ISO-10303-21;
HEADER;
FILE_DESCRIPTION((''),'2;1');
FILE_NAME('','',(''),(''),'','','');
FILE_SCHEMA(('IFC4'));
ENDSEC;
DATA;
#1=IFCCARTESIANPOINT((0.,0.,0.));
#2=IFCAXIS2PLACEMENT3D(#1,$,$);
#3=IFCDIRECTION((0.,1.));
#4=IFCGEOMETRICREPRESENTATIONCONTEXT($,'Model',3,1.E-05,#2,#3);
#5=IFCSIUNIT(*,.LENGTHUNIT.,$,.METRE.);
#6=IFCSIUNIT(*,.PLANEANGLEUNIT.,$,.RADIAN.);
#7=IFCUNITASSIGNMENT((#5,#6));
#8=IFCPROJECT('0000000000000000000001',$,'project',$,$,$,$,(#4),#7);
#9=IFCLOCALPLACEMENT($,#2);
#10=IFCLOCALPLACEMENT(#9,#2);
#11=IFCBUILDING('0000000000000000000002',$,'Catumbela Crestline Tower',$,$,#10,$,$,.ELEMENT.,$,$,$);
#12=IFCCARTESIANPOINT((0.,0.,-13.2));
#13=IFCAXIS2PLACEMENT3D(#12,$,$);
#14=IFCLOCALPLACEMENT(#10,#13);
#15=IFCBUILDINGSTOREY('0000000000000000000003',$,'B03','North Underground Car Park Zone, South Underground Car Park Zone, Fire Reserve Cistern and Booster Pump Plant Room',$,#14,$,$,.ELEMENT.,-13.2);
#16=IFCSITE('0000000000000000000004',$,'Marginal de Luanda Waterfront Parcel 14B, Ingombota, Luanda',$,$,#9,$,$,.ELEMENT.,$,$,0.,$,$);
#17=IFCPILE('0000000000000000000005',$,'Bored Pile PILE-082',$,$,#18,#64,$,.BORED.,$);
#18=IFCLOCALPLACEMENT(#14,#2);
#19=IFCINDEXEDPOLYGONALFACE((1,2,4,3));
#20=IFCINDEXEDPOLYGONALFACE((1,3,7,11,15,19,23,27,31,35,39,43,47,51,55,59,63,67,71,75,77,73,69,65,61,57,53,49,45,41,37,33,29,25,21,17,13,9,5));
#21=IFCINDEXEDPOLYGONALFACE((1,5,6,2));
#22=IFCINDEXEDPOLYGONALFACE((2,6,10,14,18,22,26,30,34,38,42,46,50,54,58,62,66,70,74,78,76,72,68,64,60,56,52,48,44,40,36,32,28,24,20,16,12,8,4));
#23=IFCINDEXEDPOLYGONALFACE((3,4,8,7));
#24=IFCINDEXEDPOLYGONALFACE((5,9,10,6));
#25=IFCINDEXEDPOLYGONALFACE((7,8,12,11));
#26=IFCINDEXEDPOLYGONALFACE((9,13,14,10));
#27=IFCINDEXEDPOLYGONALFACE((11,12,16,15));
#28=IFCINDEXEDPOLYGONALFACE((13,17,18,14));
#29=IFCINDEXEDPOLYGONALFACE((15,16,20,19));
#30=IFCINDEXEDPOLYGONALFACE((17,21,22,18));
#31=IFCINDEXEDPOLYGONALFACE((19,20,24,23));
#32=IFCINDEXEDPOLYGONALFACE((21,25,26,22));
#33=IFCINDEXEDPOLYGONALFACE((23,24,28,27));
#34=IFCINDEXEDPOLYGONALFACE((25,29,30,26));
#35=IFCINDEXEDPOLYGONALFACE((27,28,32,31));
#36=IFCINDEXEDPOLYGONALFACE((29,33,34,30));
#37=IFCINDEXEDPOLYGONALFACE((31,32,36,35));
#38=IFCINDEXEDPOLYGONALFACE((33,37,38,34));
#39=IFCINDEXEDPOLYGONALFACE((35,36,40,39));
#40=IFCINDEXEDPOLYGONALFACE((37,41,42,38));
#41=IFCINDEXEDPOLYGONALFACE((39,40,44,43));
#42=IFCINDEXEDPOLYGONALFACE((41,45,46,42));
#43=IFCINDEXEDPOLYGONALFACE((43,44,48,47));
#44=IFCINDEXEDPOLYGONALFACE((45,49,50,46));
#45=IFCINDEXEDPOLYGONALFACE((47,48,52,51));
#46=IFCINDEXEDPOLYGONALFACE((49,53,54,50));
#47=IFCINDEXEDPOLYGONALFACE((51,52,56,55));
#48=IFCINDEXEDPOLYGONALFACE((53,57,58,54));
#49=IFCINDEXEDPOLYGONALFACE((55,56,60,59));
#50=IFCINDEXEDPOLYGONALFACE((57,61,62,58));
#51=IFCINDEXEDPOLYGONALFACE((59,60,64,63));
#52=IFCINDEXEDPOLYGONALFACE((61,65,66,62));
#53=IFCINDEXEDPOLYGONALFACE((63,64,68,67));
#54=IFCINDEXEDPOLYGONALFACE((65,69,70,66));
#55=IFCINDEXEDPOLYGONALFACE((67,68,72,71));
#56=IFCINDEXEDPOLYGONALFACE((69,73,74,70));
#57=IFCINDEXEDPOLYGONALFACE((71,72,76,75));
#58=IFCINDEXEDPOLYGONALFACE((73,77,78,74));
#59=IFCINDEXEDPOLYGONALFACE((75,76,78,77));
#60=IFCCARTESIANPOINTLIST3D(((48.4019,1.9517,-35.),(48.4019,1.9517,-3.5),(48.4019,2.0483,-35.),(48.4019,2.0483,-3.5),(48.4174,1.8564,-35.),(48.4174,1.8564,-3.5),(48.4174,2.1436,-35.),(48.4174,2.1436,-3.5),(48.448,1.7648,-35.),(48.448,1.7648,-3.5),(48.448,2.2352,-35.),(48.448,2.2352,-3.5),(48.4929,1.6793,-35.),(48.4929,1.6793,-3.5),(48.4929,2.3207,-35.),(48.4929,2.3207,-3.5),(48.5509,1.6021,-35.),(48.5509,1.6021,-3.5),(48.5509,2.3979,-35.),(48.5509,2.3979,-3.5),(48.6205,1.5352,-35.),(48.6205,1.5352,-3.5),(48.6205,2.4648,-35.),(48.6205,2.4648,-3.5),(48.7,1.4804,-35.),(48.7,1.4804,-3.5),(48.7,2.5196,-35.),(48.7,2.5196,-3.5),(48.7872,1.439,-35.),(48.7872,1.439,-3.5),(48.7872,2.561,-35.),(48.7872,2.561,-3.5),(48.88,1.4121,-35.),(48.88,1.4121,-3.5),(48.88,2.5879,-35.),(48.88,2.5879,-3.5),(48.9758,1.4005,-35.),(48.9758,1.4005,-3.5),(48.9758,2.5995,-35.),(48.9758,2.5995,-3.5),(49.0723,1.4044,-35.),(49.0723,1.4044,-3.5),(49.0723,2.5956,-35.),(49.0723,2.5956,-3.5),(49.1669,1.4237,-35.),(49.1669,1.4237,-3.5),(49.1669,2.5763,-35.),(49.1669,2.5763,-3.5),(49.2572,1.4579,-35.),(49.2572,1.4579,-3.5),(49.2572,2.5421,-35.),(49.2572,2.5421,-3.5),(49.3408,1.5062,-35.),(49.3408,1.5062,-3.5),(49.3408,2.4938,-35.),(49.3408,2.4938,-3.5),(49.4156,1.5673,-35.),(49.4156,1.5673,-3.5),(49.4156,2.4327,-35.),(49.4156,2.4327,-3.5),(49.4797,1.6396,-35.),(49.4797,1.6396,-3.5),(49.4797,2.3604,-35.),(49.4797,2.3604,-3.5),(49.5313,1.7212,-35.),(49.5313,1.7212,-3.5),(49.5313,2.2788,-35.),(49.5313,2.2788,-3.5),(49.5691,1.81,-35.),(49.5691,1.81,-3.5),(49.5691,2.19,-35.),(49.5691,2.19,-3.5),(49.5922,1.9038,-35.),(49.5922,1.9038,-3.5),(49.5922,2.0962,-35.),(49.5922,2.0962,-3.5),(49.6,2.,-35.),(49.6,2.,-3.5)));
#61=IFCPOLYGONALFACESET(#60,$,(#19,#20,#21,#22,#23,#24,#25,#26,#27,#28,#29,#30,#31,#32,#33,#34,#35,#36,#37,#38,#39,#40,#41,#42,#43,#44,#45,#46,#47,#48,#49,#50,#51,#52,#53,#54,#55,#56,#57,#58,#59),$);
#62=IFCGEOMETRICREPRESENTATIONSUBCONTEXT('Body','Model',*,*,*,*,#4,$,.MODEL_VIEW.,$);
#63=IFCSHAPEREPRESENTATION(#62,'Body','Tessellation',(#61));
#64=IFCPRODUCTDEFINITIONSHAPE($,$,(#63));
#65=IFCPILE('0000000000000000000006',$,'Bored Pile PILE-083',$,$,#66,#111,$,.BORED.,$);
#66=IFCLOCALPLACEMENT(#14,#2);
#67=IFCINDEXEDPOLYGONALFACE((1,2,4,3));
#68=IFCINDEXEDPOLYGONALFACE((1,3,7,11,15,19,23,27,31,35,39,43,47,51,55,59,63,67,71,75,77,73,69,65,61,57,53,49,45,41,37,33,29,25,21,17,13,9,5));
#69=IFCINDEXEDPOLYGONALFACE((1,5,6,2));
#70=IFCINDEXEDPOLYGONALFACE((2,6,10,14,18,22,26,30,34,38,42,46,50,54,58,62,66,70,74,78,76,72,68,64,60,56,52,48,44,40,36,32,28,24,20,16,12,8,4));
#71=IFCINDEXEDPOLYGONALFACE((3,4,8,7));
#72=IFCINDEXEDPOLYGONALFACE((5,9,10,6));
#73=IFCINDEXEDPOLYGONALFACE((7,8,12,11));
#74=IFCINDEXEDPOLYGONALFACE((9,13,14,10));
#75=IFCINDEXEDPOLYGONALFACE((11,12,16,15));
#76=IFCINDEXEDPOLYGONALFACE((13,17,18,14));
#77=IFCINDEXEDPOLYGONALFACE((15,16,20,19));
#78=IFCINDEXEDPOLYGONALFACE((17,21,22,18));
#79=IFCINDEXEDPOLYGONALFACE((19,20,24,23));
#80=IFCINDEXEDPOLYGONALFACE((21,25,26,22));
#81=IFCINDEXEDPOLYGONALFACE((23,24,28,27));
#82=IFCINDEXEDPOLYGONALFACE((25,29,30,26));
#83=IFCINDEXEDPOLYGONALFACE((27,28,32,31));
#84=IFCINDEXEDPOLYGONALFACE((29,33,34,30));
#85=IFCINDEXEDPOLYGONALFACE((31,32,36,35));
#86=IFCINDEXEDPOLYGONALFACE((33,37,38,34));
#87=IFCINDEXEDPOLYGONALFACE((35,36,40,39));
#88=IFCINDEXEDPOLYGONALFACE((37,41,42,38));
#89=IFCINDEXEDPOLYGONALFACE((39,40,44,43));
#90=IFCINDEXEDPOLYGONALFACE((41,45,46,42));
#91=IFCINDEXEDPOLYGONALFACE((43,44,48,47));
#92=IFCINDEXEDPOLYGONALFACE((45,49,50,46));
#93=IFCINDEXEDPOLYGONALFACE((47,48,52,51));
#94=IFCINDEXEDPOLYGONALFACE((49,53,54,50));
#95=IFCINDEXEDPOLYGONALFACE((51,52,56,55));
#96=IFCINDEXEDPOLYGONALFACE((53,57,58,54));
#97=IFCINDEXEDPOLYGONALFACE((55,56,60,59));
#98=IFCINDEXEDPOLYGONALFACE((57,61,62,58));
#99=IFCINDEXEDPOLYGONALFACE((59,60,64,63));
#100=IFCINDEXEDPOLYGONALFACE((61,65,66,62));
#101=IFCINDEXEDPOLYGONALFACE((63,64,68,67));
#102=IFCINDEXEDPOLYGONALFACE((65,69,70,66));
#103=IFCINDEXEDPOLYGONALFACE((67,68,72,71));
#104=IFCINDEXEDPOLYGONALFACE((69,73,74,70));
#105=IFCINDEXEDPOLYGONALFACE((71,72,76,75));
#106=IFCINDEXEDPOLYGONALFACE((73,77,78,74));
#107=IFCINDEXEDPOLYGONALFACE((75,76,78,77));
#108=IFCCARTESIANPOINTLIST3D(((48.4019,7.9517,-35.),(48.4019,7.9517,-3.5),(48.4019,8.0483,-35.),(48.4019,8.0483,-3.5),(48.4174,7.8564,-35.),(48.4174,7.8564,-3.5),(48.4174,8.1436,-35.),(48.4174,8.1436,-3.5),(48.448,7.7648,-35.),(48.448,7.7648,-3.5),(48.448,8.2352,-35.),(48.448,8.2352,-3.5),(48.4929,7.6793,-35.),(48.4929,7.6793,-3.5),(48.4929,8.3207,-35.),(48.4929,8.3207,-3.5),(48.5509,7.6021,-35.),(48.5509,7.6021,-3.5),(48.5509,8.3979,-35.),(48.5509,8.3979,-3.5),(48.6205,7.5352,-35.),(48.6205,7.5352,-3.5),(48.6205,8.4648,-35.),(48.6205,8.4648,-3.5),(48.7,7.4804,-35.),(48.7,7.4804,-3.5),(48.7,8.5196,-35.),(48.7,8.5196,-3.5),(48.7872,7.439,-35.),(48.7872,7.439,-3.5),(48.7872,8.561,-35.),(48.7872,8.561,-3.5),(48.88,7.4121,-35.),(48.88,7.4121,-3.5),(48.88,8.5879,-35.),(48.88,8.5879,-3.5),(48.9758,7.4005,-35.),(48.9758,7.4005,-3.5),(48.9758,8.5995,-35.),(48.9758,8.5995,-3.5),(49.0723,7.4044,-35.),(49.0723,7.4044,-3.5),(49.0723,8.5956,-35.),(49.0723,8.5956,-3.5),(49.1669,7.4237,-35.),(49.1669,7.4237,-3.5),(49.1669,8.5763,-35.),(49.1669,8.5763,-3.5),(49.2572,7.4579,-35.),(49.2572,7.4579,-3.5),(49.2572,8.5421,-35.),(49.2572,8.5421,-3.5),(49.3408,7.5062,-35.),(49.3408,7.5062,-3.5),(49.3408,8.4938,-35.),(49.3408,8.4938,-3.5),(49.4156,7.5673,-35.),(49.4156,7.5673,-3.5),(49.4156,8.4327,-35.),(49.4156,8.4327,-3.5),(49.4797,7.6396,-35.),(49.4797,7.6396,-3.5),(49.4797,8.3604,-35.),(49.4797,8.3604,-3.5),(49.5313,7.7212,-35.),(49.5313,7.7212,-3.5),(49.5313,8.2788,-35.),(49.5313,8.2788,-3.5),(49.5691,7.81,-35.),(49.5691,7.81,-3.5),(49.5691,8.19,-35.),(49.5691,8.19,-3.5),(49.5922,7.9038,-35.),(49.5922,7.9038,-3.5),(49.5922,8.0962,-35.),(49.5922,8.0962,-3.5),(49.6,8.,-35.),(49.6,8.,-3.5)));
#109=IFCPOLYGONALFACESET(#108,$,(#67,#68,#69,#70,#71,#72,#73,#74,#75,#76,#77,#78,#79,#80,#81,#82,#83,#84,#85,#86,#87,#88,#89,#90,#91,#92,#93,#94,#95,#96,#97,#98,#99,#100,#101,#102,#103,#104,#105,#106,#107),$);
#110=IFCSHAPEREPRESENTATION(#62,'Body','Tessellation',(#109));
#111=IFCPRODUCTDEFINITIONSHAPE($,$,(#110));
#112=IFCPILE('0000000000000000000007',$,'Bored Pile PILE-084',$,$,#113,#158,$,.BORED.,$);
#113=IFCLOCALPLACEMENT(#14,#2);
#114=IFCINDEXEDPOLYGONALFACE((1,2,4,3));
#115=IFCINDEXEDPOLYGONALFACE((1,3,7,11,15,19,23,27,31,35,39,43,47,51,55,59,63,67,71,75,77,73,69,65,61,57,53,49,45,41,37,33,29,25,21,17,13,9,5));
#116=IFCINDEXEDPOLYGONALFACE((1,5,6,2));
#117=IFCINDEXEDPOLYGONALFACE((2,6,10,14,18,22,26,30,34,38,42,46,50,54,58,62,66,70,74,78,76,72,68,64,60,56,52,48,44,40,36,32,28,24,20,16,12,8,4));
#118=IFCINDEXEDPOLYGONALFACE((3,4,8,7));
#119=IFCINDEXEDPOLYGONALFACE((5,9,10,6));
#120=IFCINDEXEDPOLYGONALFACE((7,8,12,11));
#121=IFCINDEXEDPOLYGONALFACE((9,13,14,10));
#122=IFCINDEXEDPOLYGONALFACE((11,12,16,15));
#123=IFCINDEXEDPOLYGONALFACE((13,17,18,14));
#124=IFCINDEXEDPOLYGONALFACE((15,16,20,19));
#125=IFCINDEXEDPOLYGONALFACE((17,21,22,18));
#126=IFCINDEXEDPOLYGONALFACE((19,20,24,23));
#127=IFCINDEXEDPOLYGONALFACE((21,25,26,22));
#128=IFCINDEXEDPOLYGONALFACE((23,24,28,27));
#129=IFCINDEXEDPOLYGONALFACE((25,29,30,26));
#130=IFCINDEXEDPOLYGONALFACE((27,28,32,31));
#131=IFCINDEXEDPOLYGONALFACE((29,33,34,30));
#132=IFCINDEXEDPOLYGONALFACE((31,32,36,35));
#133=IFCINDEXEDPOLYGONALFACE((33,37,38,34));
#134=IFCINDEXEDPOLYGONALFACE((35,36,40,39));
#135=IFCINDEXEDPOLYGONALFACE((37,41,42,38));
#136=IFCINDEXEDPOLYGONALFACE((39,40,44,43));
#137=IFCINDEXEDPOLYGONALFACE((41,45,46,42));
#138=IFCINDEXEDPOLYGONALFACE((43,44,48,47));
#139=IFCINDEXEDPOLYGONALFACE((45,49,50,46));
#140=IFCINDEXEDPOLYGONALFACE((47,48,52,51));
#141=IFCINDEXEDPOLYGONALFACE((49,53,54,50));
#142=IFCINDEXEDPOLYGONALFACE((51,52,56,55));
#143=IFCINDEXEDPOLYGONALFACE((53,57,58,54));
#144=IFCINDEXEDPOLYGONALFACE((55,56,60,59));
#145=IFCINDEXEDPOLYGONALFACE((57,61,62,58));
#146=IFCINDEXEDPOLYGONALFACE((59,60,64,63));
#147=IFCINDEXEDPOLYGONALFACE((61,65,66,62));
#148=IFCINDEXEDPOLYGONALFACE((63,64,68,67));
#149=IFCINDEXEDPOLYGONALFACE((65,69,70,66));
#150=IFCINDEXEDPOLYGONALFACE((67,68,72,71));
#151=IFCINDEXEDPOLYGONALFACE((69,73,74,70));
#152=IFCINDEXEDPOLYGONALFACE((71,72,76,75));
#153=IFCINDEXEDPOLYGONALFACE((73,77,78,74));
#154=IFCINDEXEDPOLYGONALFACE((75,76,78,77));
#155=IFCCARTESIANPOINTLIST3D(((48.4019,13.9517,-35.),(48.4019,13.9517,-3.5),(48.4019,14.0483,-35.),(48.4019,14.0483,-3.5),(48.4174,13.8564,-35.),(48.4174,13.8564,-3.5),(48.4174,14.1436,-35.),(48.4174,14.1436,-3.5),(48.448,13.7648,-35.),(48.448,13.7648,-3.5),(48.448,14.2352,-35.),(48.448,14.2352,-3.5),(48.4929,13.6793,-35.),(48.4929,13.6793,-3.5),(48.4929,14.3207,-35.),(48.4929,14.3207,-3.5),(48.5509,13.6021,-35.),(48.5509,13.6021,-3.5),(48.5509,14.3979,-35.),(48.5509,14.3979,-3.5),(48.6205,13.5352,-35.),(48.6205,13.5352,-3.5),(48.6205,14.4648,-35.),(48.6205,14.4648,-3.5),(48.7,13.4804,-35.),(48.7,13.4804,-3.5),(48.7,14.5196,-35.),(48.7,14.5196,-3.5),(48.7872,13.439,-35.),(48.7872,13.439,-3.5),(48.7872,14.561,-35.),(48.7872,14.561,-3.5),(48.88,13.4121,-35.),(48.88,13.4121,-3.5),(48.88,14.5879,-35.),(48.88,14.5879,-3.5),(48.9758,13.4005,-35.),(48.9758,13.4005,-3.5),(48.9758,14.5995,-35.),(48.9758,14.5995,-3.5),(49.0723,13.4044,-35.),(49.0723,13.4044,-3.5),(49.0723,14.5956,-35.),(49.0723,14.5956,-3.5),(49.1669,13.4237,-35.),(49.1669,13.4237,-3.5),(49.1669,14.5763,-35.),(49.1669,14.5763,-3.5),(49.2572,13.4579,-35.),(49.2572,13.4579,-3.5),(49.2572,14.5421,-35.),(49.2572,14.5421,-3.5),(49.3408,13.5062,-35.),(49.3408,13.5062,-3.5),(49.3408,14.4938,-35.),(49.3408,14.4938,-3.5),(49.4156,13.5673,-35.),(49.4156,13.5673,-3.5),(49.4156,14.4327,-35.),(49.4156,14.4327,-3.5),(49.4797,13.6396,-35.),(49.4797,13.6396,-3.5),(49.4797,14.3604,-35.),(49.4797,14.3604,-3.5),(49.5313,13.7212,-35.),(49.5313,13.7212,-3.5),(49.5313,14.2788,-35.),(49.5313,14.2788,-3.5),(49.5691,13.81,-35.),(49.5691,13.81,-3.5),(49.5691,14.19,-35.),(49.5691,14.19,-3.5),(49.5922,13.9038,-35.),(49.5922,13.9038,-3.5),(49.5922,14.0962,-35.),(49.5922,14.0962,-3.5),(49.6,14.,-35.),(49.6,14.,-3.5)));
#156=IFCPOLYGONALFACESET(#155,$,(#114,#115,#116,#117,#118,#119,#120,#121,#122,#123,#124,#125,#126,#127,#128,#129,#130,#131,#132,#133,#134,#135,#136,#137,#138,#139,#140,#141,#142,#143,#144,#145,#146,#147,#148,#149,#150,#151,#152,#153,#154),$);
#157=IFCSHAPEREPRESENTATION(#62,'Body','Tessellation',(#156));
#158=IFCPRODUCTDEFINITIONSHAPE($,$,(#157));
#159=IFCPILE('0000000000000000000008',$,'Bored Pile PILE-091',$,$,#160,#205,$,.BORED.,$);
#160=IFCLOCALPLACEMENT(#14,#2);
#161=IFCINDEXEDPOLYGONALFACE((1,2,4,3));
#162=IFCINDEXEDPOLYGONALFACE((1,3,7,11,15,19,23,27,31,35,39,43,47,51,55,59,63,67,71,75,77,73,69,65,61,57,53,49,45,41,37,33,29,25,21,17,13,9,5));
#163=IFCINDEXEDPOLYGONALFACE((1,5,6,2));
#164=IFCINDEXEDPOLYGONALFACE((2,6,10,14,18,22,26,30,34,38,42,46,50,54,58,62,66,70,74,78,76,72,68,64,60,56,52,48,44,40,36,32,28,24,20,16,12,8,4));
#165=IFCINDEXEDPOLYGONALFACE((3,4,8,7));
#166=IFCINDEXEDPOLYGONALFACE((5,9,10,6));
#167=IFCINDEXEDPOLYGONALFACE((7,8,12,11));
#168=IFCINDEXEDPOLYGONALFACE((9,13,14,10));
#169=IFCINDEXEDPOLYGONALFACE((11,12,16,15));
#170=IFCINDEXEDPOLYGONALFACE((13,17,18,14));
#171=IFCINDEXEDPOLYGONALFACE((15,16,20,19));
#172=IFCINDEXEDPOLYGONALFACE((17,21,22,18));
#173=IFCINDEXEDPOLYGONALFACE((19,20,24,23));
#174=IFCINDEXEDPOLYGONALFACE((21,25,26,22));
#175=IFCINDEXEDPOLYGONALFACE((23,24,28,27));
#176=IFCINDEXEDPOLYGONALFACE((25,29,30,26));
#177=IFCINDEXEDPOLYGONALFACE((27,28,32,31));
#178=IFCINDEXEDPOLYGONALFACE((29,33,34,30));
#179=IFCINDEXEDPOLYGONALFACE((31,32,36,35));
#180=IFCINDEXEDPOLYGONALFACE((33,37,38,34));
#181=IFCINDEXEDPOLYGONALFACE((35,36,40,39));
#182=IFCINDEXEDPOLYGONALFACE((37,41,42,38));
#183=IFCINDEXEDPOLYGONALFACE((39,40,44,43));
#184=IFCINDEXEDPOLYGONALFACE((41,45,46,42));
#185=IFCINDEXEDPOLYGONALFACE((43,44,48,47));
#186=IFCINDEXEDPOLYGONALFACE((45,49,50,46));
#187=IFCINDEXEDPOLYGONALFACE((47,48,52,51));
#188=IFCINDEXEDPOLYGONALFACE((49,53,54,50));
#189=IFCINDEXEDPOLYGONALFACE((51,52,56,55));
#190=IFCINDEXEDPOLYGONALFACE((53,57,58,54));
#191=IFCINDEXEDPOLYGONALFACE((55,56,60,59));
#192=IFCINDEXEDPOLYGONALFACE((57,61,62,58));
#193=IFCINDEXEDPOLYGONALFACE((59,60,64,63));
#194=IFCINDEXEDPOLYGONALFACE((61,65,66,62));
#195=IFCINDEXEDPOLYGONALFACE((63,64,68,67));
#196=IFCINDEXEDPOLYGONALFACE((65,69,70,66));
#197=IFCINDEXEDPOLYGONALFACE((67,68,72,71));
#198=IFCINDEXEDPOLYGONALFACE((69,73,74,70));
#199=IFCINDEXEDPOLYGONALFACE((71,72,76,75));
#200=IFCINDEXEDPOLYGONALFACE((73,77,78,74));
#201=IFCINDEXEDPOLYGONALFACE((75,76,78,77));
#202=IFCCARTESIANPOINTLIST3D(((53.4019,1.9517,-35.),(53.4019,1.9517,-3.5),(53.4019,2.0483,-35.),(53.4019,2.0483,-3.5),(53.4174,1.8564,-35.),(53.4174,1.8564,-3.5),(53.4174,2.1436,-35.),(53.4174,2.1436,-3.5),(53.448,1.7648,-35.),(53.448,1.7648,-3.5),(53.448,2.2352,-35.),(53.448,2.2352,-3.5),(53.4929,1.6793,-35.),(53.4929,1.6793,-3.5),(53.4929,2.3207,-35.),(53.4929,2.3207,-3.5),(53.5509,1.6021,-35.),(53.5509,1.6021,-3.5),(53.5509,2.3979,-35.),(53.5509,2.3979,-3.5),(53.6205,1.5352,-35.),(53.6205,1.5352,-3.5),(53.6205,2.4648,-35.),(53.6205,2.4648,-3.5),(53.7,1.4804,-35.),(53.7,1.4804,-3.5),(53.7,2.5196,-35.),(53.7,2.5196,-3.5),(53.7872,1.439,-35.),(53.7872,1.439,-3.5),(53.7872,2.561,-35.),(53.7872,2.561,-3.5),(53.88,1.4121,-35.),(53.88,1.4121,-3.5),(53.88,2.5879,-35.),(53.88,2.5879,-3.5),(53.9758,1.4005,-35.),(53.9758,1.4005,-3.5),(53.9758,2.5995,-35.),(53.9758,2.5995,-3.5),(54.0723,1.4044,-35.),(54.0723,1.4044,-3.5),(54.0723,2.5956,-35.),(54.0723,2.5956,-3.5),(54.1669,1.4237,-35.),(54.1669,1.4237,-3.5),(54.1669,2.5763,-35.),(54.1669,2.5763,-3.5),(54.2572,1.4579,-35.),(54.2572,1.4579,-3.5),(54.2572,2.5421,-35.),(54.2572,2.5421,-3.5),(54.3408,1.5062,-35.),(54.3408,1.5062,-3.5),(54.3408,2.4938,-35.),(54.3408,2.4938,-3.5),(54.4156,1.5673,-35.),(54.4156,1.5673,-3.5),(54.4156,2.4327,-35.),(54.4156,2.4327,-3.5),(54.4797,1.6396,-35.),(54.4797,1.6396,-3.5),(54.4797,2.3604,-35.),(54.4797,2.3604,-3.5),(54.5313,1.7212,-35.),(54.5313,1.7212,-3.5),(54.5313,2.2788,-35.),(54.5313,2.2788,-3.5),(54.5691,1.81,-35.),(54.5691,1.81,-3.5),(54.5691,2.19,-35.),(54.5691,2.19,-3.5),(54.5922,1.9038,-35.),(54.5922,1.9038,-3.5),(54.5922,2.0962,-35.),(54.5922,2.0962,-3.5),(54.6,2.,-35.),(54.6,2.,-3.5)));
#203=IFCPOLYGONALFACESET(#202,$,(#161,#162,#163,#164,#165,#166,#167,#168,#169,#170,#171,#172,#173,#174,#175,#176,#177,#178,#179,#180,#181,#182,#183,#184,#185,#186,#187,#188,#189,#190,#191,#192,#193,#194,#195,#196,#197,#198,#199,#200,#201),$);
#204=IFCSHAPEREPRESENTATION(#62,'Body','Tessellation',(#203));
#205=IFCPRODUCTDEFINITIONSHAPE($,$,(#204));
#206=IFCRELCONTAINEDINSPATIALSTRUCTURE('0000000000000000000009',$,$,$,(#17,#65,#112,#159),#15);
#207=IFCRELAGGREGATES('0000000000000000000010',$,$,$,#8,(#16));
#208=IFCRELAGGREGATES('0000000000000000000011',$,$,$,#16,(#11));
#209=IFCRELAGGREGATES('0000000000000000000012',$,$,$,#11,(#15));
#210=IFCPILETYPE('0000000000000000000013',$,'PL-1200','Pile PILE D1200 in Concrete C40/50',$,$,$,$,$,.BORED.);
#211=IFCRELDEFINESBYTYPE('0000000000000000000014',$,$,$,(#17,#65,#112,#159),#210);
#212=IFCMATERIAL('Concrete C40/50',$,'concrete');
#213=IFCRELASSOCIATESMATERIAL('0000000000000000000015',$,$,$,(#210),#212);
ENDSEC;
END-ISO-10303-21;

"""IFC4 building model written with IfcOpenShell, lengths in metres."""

from ifc_helpers import new_model, si_unit, direction, frame, origin, origin_2d, place, context, subcontext, project, spatial, circle, extrude, material, material_profile, profile_set, type_object, element, save


model = new_model("IFC4")

# Units and contexts
model_context = context("Model", 3, precision=1e-05, world=origin(), true_north=direction((0.0, 1.0)))
body_context = subcontext(model_context, "Body", "Model", "MODEL_VIEW")
ifc_project = project(units=[si_unit("LENGTHUNIT", "METRE"), si_unit("PLANEANGLEUNIT", "RADIAN")], contexts=[model_context])

# Site, building, storey
site_placement = place(None, origin())
site = spatial("IfcSite", under=ifc_project, at=site_placement, Name="Marginal de Luanda Waterfront Parcel 14B, Ingombota, Luanda", CompositionType="ELEMENT", RefElevation=0.0)
building_placement = place(site_placement, origin())
building = spatial("IfcBuilding", under=site, at=building_placement, Name="Catumbela Crestline Tower", CompositionType="ELEMENT")
storey_placement = place(building_placement, frame((0.0, 0.0, -13.2)))
storey = spatial("IfcBuildingStorey", under=building, at=storey_placement, Name="B03", Description="North Underground Car Park Zone, South Underground Car Park Zone, Fire Reserve Cistern and Booster Pump Plant Room", CompositionType="ELEMENT", Elevation=-13.2)

# Piles
ifc_material_1 = material(Name="Concrete C40/50", Category="concrete")
ifc_material_profile_1 = material_profile(ifc_material_1, circle(Radius=0.6, at=origin_2d()), Name="PILE D1200")
ifc_profile_set_1 = profile_set([ifc_material_profile_1], Name="Concrete C40/50")
pile_type = type_object("IfcPileType", Name="PL-1200", Description="Pile PILE D1200 in Concrete C40/50", PredefinedType="BORED", material=ifc_profile_set_1)
for number, where, z_axis, x_axis, name in (
    (1, (49.0, 2.0, -3.5), (0.0, 0.0, -1.0), (1.0, 0.0, 0.0), "Bored Pile PILE-082"),
    (2, (49.0, 8.0, -3.5), (0.0, 0.0, -1.0), (1.0, 0.0, 0.0), "Bored Pile PILE-083"),
    (3, (49.0, 14.0, -3.5), (0.0, 0.0, -1.0), (1.0, 0.0, 0.0), "Bored Pile PILE-084"),
    (4, (54.0, 2.0, -3.5), (0.0, 0.0, -1.0), (1.0, 0.0, 0.0), "Bored Pile PILE-091"),
):
    element("IfcPile", number, at=place(storey_placement, frame(where, z_axis=z_axis, x_axis=x_axis)), inside=storey, type_object=pile_type, Name=name, PredefinedType="BORED", context=body_context, shape_type="SweptSolid", body=[
        extrude(circle(Radius=0.6, at=origin_2d()), origin(), (0.0, 0.0, 1.0), 31.5),
    ])

save(model, "model.ifc")
